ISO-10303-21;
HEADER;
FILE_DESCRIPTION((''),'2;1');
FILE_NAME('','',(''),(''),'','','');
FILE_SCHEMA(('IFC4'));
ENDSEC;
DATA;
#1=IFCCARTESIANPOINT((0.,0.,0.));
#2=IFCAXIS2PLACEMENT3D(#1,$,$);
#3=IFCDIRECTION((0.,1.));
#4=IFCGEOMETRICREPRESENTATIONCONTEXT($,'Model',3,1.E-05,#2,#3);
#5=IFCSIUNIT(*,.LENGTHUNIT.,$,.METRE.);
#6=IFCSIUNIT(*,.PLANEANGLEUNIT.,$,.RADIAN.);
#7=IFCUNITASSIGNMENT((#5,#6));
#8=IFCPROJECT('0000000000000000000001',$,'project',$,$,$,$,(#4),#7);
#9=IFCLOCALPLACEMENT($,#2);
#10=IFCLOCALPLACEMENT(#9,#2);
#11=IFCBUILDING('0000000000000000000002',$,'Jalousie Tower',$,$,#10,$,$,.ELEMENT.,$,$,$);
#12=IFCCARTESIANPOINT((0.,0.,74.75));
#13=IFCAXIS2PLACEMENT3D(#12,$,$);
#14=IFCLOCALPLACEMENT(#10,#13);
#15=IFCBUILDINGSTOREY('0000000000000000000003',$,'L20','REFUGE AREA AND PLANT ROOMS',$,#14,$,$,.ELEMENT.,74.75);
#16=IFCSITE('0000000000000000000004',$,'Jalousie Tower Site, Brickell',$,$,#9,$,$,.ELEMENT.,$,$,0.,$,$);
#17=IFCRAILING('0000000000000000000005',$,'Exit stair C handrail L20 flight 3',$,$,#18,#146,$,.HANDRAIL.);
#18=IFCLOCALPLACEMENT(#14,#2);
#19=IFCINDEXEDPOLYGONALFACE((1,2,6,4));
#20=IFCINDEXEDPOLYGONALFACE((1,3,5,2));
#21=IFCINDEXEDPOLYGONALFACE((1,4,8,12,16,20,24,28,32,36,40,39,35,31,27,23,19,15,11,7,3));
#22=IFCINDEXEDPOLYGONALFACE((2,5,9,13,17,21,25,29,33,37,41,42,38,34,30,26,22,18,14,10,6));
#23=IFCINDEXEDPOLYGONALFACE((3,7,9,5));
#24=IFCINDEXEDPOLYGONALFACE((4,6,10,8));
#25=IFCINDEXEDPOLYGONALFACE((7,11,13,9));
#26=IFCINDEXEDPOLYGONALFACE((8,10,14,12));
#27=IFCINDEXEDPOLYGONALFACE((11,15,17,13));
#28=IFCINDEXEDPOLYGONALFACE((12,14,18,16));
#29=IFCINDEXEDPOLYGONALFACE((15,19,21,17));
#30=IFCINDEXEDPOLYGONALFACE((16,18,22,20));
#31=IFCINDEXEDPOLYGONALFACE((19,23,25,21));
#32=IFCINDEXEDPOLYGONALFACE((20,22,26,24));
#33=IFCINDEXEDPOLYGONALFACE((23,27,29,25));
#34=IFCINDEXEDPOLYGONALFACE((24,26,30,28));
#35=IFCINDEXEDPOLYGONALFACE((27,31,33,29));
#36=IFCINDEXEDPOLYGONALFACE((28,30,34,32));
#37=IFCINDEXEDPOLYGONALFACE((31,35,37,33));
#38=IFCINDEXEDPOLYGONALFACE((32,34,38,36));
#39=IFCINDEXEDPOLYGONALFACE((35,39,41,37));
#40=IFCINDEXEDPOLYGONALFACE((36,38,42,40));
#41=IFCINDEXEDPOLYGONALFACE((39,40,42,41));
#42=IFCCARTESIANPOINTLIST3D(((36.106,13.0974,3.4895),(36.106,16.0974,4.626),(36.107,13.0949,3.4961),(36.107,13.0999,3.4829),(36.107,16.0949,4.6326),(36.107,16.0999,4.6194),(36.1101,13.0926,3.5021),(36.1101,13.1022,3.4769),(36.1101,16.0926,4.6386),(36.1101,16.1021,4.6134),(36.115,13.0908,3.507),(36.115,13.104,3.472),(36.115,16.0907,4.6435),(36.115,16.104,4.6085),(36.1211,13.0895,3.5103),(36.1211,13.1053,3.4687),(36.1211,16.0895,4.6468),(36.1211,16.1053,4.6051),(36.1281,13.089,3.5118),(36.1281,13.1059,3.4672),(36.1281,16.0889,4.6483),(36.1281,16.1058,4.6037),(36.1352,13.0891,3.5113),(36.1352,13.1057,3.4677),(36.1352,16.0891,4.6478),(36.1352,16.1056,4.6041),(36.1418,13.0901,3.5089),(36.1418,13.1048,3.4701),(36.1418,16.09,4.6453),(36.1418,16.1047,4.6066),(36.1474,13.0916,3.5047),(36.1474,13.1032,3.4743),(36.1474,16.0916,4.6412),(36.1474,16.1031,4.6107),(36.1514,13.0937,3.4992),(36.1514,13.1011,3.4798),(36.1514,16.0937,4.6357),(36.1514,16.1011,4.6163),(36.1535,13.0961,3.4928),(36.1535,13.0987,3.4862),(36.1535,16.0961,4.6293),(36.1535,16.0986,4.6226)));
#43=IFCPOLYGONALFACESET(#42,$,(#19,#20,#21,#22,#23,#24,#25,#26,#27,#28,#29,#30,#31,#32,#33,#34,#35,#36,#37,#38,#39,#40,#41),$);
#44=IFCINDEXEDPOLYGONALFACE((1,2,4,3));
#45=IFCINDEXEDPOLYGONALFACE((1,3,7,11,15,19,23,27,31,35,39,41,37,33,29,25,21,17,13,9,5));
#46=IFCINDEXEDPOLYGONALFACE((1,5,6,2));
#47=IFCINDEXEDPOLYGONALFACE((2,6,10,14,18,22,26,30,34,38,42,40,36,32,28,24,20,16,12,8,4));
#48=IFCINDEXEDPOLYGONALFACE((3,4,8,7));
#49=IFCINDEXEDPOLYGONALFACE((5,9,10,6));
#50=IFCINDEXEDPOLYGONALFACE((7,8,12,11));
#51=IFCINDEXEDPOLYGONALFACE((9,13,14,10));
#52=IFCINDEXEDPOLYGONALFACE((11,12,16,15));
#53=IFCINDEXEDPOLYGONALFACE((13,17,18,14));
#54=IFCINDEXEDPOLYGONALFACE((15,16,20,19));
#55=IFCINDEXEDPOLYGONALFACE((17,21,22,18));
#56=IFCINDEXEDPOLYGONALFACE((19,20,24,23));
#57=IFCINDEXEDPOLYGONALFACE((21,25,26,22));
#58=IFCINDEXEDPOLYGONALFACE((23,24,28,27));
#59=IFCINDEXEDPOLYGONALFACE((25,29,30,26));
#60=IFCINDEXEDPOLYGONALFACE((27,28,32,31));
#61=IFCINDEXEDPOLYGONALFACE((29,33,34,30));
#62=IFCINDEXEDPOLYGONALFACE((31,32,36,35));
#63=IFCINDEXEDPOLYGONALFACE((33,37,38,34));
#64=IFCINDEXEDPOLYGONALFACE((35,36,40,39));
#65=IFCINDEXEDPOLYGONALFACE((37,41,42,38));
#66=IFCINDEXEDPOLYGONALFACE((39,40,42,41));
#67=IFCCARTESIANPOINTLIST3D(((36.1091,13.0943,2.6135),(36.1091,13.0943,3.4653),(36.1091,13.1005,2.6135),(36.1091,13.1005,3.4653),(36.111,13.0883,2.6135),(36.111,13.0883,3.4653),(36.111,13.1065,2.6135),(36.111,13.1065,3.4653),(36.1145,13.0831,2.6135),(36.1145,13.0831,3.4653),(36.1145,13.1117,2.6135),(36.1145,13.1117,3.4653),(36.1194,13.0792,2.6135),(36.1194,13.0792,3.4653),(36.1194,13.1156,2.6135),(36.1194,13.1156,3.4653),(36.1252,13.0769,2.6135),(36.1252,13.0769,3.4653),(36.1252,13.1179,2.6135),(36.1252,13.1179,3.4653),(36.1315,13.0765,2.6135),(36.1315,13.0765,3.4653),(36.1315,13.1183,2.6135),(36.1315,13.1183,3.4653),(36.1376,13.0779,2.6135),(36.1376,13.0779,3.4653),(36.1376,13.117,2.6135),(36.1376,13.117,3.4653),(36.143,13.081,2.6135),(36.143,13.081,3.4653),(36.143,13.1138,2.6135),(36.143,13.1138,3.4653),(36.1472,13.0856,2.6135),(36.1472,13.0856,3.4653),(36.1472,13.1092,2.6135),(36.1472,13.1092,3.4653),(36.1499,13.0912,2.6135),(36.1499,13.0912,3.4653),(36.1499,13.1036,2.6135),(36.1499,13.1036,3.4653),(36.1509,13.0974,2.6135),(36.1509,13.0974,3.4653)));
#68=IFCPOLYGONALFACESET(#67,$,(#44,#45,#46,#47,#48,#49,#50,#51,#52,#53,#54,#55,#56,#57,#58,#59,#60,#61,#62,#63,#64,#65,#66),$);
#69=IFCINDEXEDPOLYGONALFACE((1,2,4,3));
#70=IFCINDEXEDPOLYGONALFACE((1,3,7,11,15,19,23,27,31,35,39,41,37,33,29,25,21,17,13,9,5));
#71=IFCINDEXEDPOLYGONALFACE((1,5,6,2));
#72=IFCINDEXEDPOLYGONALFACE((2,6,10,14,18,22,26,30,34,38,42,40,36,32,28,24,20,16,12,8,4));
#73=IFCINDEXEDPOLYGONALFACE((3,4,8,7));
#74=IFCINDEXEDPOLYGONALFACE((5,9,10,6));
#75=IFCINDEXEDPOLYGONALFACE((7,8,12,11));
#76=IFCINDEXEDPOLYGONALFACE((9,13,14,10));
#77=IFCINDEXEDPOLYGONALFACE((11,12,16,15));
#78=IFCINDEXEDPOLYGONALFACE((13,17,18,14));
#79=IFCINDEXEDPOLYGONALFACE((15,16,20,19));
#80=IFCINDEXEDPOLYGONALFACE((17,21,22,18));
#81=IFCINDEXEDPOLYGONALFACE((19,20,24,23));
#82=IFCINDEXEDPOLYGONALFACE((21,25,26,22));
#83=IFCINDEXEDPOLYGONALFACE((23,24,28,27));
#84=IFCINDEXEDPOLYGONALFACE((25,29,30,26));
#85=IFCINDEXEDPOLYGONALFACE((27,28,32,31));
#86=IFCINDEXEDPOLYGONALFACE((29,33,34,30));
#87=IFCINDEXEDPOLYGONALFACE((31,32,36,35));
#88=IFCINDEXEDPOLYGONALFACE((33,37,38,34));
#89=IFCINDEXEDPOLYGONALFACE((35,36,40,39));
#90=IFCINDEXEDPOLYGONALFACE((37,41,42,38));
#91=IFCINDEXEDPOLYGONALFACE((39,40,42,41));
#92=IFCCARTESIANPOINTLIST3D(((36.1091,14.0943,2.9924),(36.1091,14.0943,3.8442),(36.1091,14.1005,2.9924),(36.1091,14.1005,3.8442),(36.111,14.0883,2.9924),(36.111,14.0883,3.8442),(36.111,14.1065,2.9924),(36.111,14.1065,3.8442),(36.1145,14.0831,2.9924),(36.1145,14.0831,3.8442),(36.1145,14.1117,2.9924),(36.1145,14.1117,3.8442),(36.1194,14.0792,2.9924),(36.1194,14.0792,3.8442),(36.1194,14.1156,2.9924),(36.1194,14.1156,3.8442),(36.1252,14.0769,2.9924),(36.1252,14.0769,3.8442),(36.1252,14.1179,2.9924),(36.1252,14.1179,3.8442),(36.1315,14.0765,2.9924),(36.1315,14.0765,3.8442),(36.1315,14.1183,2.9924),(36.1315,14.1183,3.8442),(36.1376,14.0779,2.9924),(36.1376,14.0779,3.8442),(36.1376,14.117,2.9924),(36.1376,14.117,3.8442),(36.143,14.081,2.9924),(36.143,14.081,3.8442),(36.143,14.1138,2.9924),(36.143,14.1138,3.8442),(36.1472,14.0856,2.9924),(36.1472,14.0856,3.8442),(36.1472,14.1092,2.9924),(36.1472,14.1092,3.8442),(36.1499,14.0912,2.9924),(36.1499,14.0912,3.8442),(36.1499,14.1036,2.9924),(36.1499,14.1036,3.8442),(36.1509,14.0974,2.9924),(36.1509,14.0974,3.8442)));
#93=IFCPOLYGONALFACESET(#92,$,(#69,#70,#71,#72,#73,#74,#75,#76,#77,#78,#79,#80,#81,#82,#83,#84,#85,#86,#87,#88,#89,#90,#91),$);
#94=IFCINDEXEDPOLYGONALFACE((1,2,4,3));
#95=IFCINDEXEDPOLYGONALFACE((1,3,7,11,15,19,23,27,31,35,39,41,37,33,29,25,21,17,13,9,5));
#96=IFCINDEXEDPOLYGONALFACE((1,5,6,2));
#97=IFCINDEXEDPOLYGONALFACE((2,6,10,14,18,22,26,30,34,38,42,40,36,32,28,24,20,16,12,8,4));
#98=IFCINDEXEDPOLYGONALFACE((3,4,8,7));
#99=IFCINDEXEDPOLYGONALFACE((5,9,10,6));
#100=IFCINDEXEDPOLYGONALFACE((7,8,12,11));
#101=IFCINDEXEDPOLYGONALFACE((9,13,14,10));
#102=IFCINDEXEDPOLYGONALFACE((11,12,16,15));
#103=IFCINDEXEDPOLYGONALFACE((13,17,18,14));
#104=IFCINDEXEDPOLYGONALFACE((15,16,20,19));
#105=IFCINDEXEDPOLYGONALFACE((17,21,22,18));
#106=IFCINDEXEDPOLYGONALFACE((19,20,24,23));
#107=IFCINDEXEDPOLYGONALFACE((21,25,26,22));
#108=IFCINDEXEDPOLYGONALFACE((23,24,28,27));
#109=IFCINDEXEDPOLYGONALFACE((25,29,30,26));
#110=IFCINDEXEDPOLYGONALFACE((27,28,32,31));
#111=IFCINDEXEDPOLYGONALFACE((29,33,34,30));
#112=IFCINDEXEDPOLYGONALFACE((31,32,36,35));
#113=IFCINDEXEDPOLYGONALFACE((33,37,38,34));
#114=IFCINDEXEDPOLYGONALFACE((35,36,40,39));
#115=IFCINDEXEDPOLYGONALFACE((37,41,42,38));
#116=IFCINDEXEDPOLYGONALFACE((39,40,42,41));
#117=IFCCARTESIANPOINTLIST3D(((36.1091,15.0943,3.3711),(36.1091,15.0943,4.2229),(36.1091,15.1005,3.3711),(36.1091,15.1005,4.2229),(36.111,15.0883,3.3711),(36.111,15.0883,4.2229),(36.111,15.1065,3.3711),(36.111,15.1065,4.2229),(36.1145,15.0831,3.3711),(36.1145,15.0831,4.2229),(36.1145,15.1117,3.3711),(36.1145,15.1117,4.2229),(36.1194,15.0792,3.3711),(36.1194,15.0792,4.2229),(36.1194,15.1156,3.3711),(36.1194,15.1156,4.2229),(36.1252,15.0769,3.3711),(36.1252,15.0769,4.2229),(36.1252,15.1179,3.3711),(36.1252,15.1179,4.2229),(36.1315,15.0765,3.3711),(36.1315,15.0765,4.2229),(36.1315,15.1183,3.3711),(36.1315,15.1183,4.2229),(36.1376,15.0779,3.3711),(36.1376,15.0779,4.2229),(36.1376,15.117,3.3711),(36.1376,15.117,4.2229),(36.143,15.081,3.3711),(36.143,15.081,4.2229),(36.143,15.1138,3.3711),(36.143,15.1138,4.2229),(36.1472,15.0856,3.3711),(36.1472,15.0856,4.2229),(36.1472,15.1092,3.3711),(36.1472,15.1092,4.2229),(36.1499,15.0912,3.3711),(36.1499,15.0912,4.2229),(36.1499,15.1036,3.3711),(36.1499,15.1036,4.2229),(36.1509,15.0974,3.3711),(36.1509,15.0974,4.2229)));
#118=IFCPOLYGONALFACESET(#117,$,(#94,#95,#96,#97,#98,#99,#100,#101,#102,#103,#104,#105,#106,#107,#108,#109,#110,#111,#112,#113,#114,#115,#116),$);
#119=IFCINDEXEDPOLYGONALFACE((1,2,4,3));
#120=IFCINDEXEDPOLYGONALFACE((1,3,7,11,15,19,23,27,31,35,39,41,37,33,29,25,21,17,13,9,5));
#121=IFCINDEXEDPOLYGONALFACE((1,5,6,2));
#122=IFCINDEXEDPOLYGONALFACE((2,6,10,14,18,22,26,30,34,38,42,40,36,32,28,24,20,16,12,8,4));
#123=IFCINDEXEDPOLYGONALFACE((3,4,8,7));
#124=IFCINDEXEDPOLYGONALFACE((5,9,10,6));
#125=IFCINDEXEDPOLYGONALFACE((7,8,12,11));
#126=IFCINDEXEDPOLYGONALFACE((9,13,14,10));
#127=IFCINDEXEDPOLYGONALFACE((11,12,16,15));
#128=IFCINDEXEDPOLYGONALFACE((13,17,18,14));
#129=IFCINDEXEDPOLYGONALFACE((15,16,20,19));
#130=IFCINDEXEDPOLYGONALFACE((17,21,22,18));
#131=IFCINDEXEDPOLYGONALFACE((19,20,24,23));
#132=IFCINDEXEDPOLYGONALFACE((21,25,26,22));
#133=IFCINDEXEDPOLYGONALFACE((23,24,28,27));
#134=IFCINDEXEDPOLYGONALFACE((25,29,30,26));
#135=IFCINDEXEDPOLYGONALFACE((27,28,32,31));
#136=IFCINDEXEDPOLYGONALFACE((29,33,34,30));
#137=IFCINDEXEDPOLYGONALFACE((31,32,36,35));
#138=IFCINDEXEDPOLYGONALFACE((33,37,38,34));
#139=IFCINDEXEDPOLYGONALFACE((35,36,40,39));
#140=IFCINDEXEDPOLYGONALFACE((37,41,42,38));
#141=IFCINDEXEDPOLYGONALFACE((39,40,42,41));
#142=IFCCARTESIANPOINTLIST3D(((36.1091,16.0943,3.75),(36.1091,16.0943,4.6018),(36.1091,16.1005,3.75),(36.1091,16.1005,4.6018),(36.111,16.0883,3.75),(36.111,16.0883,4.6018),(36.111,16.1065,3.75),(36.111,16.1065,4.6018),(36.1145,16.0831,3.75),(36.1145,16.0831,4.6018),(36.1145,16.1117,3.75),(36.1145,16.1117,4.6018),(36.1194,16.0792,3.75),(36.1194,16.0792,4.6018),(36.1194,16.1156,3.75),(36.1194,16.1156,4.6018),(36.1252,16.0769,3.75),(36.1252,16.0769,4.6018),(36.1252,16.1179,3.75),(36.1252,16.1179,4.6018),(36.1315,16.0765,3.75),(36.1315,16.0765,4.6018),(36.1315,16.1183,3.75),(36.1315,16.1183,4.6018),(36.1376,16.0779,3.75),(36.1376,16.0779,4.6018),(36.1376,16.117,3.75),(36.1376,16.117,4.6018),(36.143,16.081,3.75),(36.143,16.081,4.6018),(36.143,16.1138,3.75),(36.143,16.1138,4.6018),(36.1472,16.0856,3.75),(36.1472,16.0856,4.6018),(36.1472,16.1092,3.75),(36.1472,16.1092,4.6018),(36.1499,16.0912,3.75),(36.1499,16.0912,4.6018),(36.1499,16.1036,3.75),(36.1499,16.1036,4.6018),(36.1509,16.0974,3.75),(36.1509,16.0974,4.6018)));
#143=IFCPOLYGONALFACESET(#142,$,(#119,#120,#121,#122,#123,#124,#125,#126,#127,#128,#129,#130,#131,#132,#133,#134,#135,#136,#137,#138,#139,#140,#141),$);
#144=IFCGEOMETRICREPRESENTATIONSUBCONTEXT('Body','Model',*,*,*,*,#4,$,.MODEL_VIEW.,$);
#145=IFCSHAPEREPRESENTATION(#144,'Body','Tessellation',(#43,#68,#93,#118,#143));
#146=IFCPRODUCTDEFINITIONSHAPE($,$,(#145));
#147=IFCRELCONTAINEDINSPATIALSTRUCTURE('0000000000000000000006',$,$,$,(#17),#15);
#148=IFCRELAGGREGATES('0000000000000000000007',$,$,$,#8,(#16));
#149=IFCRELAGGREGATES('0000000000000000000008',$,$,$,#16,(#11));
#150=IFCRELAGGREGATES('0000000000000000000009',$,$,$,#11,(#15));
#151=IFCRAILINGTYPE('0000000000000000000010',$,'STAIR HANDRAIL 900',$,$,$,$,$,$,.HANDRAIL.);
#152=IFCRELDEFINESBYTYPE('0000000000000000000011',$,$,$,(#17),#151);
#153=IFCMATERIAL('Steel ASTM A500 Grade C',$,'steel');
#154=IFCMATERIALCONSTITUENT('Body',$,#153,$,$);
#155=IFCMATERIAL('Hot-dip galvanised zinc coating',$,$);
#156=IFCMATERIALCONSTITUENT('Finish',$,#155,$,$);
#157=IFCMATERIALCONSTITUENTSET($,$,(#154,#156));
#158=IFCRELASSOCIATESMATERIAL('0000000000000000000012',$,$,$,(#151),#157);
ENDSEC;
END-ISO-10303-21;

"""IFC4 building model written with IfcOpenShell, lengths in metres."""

from ifc_helpers import new_model, si_unit, direction, frame, origin, origin_2d, place, context, subcontext, project, spatial, circle, extrude, material, constituent, constituent_set, type_object, element, save


model = new_model("IFC4")

# Units and contexts
model_context = context("Model", 3, precision=1e-05, world=origin(), true_north=direction((0.0, 1.0)))
body_context = subcontext(model_context, "Body", "Model", "MODEL_VIEW")
ifc_project = project(units=[si_unit("LENGTHUNIT", "METRE"), si_unit("PLANEANGLEUNIT", "RADIAN")], contexts=[model_context])

# Site, building, storey
site_placement = place(None, origin())
site = spatial("IfcSite", under=ifc_project, at=site_placement, Name="Jalousie Tower Site, Brickell", CompositionType="ELEMENT", RefElevation=0.0)
building_placement = place(site_placement, origin())
building = spatial("IfcBuilding", under=site, at=building_placement, Name="Jalousie Tower", CompositionType="ELEMENT")
storey_placement = place(building_placement, frame((0.0, 0.0, 74.75)))
storey = spatial("IfcBuildingStorey", under=building, at=storey_placement, Name="L20", Description="REFUGE AREA AND PLANT ROOMS", CompositionType="ELEMENT", Elevation=74.75)

# Railing
ifc_material_1 = material(Name="Steel ASTM A500 Grade C", Category="steel")
ifc_constituent_1 = constituent(ifc_material_1, Name="Body")
ifc_material_2 = material(Name="Hot-dip galvanised zinc coating")
ifc_constituent_2 = constituent(ifc_material_2, Name="Finish")
ifc_constituent_set_1 = constituent_set(constituents=[ifc_constituent_1, ifc_constituent_2])
railing_type_1 = type_object("IfcRailingType", Name="STAIR HANDRAIL 900", PredefinedType="HANDRAIL", material=ifc_constituent_set_1)
for number, where, name in (
    (1, (36.1299, 13.0974, 2.6135), "Exit stair C handrail L20 flight 3"),
):
    element("IfcRailing", number, at=place(storey_placement, frame(where)), inside=storey, type_object=railing_type_1, Name=name, PredefinedType="HANDRAIL", context=body_context, shape_type="SweptSolid", body=[
        extrude(circle(Radius=0.0239, at=origin_2d()), frame((0.0, 0.0, 0.876), z_axis=(0.0, 0.935148, 0.354257), x_axis=(-1.0, 0.0, 0.0)), (0.0, 0.0, 1.0), 3.208),
        extrude(circle(Radius=0.021, at=origin_2d()), origin(), (0.0, 0.0, 1.0), 0.8518),
        extrude(circle(Radius=0.021, at=origin_2d()), frame((0.0, 1.0, 0.3789)), (0.0, 0.0, 1.0), 0.8518),
        extrude(circle(Radius=0.021, at=origin_2d()), frame((0.0, 2.0, 0.7576)), (0.0, 0.0, 1.0), 0.8518),
        extrude(circle(Radius=0.021, at=origin_2d()), frame((0.0, 3.0, 1.1365)), (0.0, 0.0, 1.0), 0.8518),
    ])

save(model, "model.ifc")
